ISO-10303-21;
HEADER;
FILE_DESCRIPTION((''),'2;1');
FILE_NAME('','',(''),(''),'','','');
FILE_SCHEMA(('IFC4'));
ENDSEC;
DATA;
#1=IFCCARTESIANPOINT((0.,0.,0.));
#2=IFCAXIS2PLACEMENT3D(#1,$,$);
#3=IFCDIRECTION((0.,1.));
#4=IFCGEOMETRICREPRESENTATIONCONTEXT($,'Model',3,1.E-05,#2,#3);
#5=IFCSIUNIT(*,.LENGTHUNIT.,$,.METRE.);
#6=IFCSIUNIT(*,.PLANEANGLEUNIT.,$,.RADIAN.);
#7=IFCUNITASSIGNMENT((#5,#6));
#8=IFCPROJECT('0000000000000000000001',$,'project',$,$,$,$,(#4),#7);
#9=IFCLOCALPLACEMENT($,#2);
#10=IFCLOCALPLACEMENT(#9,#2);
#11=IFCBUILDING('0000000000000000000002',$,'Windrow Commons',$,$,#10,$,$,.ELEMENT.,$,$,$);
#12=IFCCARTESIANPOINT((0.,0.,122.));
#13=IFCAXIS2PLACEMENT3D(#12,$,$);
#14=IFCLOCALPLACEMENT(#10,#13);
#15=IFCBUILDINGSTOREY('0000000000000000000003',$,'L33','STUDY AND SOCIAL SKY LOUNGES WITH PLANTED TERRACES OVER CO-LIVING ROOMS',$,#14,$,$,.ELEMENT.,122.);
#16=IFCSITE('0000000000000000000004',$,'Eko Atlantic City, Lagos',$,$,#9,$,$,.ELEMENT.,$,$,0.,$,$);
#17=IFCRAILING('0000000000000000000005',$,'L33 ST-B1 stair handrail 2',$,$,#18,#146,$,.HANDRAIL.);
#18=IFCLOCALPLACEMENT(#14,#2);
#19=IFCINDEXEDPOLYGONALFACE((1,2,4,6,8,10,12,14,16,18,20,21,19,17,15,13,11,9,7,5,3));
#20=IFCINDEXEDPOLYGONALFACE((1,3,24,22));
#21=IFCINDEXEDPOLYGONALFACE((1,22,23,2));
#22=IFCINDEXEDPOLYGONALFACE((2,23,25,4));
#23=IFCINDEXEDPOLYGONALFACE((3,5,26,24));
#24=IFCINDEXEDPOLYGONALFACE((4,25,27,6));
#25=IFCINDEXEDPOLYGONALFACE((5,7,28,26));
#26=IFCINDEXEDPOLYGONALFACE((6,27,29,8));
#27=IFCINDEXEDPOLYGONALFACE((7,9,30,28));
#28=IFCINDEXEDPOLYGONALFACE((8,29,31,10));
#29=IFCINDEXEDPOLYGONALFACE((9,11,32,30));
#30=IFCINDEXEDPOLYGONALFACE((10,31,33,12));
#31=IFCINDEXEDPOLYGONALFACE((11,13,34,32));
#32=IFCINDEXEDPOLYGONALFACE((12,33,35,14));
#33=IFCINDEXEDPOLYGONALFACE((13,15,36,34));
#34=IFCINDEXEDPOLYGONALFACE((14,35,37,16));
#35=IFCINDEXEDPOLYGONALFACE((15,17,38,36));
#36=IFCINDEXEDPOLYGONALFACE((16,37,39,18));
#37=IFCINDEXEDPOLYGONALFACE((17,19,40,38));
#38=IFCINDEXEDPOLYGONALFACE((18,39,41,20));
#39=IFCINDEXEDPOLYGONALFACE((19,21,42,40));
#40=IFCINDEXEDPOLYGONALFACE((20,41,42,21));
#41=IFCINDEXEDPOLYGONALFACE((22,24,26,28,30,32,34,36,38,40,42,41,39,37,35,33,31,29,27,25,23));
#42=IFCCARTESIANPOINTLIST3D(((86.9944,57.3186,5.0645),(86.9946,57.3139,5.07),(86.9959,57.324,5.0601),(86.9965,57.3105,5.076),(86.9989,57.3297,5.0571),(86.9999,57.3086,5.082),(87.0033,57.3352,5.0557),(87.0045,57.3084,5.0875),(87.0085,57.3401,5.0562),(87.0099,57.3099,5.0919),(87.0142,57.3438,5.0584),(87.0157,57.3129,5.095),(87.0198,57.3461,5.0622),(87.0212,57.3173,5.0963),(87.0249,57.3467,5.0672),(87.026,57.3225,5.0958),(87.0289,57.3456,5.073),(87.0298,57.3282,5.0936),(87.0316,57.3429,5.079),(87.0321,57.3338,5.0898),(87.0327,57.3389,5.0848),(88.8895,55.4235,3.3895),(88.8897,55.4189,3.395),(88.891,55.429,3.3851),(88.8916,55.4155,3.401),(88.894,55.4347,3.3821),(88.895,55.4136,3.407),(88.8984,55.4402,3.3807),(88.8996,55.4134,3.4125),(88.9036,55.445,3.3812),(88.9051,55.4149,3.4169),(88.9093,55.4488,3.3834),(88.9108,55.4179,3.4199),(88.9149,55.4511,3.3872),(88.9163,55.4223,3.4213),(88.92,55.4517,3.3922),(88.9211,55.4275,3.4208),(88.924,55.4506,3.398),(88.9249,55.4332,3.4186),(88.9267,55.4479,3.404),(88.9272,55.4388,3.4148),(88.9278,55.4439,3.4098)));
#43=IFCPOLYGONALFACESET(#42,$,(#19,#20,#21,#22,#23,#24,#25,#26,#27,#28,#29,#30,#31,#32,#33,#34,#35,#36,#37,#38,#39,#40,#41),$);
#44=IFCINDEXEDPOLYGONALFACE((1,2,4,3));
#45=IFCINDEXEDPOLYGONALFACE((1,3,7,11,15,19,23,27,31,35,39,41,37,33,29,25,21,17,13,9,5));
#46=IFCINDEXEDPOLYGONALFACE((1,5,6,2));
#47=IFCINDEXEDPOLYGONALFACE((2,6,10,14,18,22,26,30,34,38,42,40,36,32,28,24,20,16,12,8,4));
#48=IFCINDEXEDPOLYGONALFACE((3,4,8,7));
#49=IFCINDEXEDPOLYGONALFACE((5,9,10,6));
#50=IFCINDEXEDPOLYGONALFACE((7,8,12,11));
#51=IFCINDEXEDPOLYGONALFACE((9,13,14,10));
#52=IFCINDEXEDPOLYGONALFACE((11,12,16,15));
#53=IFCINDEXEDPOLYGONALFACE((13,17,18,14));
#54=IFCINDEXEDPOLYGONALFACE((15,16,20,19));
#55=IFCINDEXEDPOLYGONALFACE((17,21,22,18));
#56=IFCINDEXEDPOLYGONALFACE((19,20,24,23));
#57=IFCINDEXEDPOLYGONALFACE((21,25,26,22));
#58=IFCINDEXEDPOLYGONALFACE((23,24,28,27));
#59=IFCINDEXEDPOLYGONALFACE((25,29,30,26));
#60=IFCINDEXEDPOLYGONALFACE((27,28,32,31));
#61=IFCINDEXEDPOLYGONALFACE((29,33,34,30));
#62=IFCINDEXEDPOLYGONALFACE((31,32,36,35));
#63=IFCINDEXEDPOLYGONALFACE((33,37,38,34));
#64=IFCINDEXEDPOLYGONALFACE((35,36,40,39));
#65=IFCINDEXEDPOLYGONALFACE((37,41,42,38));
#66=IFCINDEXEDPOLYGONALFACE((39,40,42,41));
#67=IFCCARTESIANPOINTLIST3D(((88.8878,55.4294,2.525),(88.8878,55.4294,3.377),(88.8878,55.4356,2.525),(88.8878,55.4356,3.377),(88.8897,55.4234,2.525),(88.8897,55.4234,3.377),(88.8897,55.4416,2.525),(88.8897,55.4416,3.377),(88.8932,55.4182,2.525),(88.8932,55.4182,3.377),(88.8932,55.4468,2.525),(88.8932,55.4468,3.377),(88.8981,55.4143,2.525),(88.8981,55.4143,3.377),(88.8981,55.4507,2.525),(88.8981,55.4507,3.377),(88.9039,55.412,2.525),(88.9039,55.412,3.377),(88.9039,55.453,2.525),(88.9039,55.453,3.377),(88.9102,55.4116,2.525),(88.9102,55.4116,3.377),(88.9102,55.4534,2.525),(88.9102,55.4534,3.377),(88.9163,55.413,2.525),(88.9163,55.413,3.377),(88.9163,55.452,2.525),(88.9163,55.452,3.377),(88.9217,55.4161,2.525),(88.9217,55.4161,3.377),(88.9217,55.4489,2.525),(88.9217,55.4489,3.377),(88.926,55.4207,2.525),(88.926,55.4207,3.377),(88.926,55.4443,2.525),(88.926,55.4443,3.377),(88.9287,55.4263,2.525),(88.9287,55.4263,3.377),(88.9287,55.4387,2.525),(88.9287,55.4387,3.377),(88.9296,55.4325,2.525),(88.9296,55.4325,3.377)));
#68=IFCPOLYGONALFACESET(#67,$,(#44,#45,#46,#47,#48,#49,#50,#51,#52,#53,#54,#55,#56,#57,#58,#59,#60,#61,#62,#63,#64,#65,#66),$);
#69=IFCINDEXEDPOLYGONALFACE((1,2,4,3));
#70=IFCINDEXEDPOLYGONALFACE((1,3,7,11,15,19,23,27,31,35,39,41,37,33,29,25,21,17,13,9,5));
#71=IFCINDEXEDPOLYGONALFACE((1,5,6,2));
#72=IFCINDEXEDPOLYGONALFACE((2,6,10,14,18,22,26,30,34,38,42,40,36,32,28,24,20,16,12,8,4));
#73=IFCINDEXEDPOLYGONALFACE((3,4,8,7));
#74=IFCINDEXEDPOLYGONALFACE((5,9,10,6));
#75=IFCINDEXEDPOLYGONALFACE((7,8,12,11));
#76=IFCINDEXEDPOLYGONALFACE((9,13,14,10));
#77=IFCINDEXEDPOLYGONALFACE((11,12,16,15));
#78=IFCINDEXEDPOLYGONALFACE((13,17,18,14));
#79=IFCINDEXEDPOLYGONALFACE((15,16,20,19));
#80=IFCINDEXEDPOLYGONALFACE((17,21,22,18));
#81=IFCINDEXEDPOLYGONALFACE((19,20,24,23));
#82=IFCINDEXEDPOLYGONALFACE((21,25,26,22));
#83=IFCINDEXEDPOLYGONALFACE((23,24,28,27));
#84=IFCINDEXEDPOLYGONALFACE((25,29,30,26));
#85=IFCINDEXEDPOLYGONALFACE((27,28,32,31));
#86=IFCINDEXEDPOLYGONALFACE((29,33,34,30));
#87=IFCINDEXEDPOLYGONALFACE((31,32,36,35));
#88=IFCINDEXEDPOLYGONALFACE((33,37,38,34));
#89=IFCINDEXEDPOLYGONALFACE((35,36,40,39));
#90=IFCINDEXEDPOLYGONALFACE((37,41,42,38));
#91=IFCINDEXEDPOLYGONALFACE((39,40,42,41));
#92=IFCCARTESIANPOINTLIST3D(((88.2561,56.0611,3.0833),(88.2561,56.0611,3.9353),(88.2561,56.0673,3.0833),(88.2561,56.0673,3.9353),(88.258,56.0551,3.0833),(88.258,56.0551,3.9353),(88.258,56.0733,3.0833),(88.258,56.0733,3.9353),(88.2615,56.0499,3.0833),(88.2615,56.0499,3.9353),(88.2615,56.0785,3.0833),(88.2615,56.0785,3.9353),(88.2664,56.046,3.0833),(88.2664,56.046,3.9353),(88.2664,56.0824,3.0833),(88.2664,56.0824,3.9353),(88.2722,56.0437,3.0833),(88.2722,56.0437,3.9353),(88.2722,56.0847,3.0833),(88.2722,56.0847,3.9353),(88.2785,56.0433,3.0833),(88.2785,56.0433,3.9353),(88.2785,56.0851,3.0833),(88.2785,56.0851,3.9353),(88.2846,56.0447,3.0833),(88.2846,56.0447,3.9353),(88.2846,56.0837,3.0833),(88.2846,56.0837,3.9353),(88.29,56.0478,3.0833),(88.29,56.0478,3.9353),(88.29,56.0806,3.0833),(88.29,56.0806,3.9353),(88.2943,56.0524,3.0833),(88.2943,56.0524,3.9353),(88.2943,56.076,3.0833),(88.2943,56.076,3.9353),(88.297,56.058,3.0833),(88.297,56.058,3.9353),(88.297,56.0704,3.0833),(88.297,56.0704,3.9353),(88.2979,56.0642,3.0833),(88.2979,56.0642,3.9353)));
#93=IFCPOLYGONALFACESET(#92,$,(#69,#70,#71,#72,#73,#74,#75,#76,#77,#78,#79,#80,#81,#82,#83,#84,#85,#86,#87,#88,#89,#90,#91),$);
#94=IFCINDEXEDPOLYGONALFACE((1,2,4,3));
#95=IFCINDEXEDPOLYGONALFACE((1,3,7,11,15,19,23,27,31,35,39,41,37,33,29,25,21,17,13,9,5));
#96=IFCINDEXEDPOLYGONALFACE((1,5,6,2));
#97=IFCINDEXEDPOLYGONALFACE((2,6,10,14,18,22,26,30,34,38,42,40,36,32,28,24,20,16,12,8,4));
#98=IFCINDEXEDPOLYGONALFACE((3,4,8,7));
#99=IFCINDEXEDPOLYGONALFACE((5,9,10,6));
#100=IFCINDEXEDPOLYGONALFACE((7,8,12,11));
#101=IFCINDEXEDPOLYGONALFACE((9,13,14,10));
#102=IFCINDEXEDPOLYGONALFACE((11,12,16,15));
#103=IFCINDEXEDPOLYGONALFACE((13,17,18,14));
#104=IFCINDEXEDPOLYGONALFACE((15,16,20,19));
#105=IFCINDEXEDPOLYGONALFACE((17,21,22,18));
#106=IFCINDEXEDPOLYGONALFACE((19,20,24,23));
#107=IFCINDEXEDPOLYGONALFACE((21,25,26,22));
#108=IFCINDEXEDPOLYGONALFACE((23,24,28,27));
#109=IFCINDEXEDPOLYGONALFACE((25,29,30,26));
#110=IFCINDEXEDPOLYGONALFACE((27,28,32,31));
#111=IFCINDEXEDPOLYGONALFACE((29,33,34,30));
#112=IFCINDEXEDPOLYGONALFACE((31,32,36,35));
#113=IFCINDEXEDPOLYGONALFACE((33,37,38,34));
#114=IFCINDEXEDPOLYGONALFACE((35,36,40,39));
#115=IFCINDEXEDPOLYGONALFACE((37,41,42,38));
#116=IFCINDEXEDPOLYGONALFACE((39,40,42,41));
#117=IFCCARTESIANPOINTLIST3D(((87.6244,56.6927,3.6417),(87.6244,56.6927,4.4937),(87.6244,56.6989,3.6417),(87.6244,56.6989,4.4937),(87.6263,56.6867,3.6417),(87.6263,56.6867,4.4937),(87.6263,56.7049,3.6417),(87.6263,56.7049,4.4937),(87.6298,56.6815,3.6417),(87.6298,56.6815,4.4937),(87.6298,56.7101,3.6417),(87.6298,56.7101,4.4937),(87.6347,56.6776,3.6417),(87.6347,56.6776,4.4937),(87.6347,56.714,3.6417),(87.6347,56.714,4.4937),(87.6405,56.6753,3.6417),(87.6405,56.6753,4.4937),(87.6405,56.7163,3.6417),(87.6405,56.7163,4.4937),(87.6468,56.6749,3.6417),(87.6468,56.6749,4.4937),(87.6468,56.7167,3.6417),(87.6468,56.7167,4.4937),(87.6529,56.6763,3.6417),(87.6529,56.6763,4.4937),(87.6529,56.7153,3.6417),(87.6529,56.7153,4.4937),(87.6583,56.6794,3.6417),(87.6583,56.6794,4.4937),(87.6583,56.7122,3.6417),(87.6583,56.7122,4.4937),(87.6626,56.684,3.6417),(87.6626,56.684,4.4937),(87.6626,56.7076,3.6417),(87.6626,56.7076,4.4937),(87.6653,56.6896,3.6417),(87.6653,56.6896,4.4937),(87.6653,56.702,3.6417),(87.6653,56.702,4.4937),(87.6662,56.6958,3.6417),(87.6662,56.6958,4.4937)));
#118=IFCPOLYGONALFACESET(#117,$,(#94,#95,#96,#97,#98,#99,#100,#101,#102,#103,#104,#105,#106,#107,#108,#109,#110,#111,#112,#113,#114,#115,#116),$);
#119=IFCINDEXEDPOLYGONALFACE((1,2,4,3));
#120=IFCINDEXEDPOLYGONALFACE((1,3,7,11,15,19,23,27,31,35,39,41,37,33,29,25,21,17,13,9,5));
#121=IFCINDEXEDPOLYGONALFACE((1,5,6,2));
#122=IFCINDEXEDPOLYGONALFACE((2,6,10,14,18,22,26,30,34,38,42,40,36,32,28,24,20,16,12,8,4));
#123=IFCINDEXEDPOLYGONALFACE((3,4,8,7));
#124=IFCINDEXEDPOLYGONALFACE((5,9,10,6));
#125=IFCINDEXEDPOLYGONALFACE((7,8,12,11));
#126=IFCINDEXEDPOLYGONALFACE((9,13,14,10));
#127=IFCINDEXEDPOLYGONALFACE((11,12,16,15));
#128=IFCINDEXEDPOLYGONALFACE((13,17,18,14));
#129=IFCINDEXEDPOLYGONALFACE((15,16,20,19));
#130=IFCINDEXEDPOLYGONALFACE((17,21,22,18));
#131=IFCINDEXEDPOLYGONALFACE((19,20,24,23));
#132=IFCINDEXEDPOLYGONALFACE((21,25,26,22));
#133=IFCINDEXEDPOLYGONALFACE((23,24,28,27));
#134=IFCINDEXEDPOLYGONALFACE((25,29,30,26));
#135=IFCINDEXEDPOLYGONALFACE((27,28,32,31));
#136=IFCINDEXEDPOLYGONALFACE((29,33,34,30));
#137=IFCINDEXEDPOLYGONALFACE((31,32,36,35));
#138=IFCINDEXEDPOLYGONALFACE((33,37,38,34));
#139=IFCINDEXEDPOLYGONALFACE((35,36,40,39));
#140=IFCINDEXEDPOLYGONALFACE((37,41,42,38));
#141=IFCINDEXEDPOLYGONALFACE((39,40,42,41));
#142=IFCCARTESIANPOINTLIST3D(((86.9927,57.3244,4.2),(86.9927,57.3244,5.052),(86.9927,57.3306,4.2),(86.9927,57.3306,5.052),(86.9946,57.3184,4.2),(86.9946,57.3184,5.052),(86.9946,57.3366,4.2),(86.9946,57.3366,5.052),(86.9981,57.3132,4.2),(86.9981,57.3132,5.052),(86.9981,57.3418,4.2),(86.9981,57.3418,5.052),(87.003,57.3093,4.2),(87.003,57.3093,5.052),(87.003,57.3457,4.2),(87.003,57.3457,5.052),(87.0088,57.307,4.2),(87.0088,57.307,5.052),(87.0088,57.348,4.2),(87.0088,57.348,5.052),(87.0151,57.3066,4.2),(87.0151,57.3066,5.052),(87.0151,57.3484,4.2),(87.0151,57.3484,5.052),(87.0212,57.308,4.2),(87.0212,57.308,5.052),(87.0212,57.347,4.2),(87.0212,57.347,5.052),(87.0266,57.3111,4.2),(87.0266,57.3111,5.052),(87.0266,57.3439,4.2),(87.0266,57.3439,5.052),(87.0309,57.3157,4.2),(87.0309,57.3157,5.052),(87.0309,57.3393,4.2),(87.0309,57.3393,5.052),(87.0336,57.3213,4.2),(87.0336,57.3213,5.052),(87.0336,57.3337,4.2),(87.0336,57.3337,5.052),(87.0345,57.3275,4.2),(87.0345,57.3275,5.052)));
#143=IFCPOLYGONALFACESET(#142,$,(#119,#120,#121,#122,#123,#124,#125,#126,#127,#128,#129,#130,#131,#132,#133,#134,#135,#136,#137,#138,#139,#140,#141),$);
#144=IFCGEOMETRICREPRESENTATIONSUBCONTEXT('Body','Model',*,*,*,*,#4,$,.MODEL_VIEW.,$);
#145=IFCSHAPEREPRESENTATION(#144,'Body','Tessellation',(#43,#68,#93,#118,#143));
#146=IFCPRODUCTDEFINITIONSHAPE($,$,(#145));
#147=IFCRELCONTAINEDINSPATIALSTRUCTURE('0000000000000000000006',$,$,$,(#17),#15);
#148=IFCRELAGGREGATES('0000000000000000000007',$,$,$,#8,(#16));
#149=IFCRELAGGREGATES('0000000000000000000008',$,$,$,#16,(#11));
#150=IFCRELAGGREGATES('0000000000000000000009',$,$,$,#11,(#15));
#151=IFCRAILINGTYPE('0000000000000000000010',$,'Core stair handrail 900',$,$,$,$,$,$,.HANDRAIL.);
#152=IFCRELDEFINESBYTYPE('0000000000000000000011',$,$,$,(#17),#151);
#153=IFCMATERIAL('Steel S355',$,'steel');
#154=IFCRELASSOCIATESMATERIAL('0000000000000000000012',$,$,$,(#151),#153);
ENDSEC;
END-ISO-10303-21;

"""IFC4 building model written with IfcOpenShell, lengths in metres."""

from ifc_helpers import new_model, si_unit, direction, frame, origin, origin_2d, place, context, subcontext, project, spatial, circle, extrude, material, type_object, element, save


model = new_model("IFC4")

# Units and contexts
model_context = context("Model", 3, precision=1e-05, world=origin(), true_north=direction((0.0, 1.0)))
body_context = subcontext(model_context, "Body", "Model", "MODEL_VIEW")
ifc_project = project(units=[si_unit("LENGTHUNIT", "METRE"), si_unit("PLANEANGLEUNIT", "RADIAN")], contexts=[model_context])

# Site, building, storey
site_placement = place(None, origin())
site = spatial("IfcSite", under=ifc_project, at=site_placement, Name="Eko Atlantic City, Lagos", CompositionType="ELEMENT", RefElevation=0.0)
building_placement = place(site_placement, origin())
building = spatial("IfcBuilding", under=site, at=building_placement, Name="Windrow Commons", CompositionType="ELEMENT")
storey_placement = place(building_placement, frame((0.0, 0.0, 122.0)))
storey = spatial("IfcBuildingStorey", under=building, at=storey_placement, Name="L33", Description="STUDY AND SOCIAL SKY LOUNGES WITH PLANTED TERRACES OVER CO-LIVING ROOMS", CompositionType="ELEMENT", Elevation=122.0)

# Railing
ifc_material_1 = material(Name="Steel S355", Category="steel")
railing_type_1 = type_object("IfcRailingType", Name="Core stair handrail 900", PredefinedType="HANDRAIL", material=ifc_material_1)
railing_1_placement = place(storey_placement, frame((88.9086, 55.4325, 2.525)))
element("IfcRailing", 1, at=railing_1_placement, inside=storey, type_object=railing_type_1, Name="L33 ST-B1 stair handrail 2", PredefinedType="HANDRAIL", context=body_context, shape_type="SweptSolid", body=[
    extrude(circle(Radius=0.024, at=origin_2d()), frame((0.0, 0.0, 0.876), z_axis=(-0.599642, 0.59961, 0.529998), x_axis=(-0.707088, -0.707125, 0.0)), (0.0, 0.0, 1.0), 3.1604),
    extrude(circle(Radius=0.021, at=origin_2d()), origin(), (0.0, 0.0, 1.0), 0.852),
    extrude(circle(Radius=0.021, at=origin_2d()), frame((-0.6317, 0.6317, 0.5583)), (0.0, 0.0, 1.0), 0.852),
    extrude(circle(Radius=0.021, at=origin_2d()), frame((-1.2634, 1.2633, 1.1167)), (0.0, 0.0, 1.0), 0.852),
    extrude(circle(Radius=0.021, at=origin_2d()), frame((-1.8951, 1.895, 1.675)), (0.0, 0.0, 1.0), 0.852),
])

save(model, "model.ifc")
